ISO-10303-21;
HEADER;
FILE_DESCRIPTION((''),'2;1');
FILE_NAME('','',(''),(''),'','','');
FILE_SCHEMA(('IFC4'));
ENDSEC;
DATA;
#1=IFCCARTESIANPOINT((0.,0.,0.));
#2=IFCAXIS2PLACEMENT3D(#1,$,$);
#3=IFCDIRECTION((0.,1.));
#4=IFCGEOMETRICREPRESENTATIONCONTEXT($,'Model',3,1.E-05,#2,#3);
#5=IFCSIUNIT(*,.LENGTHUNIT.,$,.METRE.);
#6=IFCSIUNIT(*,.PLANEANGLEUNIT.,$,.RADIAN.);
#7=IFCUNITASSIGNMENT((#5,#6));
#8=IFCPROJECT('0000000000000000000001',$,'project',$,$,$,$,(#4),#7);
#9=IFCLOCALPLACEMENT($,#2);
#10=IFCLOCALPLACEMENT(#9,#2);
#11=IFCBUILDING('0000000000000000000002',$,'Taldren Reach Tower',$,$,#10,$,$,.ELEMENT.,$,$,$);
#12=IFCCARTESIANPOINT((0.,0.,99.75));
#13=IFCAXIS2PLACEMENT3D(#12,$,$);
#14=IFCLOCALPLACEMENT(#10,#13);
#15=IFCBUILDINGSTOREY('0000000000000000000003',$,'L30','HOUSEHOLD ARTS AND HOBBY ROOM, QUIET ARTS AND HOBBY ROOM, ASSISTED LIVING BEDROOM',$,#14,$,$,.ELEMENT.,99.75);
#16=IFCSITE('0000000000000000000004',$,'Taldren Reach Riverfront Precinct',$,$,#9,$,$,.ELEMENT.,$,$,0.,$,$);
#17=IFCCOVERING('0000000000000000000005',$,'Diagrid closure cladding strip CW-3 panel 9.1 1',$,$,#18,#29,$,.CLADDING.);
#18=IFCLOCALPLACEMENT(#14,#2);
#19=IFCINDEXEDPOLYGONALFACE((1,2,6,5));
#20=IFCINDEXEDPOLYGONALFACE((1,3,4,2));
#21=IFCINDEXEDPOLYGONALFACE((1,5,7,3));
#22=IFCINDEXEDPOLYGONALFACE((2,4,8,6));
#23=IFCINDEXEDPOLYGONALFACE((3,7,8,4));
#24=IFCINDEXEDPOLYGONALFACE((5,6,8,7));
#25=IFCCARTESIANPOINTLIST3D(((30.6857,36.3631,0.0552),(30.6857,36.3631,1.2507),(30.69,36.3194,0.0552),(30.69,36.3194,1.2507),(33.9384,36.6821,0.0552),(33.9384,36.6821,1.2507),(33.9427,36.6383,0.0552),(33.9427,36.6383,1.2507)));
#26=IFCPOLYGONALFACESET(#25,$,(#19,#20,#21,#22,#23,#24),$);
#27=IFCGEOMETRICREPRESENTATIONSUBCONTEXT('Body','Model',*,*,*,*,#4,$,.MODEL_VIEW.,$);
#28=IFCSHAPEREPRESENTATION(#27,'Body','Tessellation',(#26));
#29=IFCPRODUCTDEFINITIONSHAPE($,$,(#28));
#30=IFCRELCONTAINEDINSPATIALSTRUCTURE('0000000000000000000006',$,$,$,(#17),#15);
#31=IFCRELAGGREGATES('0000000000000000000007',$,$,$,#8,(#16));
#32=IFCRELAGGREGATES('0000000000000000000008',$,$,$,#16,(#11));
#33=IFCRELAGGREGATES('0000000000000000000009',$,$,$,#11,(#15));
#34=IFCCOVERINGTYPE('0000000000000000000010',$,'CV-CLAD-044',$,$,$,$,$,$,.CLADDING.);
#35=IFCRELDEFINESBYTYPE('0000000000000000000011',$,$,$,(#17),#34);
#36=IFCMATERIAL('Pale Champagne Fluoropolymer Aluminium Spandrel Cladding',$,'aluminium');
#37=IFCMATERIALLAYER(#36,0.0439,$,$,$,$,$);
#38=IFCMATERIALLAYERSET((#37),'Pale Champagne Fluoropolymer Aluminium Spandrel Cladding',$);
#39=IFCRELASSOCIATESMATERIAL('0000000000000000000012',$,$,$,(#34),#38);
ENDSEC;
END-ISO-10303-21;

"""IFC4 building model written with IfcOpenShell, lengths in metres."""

from ifc_helpers import new_model, si_unit, direction, frame, origin, origin_2d, place, context, subcontext, project, spatial, rectangle, extrude, source, transform, mapped, material, layer, layer_set, type_object, element, save


model = new_model("IFC4")

# Units and contexts
model_context = context("Model", 3, precision=1e-05, world=origin(), true_north=direction((0.0, 1.0)))
body_context = subcontext(model_context, "Body", "Model", "MODEL_VIEW")
ifc_project = project(units=[si_unit("LENGTHUNIT", "METRE"), si_unit("PLANEANGLEUNIT", "RADIAN")], contexts=[model_context])

# Site, building, storey
site_placement = place(None, origin())
site = spatial("IfcSite", under=ifc_project, at=site_placement, Name="Taldren Reach Riverfront Precinct", CompositionType="ELEMENT", RefElevation=0.0)
building_placement = place(site_placement, origin())
building = spatial("IfcBuilding", under=site, at=building_placement, Name="Taldren Reach Tower", CompositionType="ELEMENT")
storey_placement = place(building_placement, frame((0.0, 0.0, 99.75)))
storey = spatial("IfcBuildingStorey", under=building, at=storey_placement, Name="L30", Description="HOUSEHOLD ARTS AND HOBBY ROOM, QUIET ARTS AND HOBBY ROOM, ASSISTED LIVING BEDROOM", CompositionType="ELEMENT", Elevation=99.75)

# Covering
ifc_material_1 = material(Name="Pale Champagne Fluoropolymer Aluminium Spandrel Cladding", Category="aluminium")
ifc_layer_1 = layer(ifc_material_1, 0.0439)
ifc_layer_set_1 = layer_set([ifc_layer_1], Name="Pale Champagne Fluoropolymer Aluminium Spandrel Cladding")
covering_type = type_object("IfcCoveringType", Name="CV-CLAD-044", PredefinedType="CLADDING", material=ifc_layer_set_1)
shared_shape_1 = source(origin(), body_context, "Body", "SweptSolid", [
    extrude(rectangle(XDim=3.2683, YDim=0.0439, at=origin_2d()), origin(), (0.0, 0.0, 1.0), 1.1956),
])
covering_1_placement = place(storey_placement, frame((32.3142, 36.5007, 0.0552), z_axis=(0.0, 0.0, 1.0), x_axis=(-0.995227, -0.097583, 0.0)))
element("IfcCovering", 1, at=covering_1_placement, inside=storey, type_object=covering_type, Name="Diagrid closure cladding strip CW-3 panel 9.1 1", PredefinedType="CLADDING", context=body_context, shape_type="MappedRepresentation", body=[
    mapped(shared_shape_1, transform((0.0, 0.0, 0.0), scale=1.0)),
])

save(model, "model.ifc")
